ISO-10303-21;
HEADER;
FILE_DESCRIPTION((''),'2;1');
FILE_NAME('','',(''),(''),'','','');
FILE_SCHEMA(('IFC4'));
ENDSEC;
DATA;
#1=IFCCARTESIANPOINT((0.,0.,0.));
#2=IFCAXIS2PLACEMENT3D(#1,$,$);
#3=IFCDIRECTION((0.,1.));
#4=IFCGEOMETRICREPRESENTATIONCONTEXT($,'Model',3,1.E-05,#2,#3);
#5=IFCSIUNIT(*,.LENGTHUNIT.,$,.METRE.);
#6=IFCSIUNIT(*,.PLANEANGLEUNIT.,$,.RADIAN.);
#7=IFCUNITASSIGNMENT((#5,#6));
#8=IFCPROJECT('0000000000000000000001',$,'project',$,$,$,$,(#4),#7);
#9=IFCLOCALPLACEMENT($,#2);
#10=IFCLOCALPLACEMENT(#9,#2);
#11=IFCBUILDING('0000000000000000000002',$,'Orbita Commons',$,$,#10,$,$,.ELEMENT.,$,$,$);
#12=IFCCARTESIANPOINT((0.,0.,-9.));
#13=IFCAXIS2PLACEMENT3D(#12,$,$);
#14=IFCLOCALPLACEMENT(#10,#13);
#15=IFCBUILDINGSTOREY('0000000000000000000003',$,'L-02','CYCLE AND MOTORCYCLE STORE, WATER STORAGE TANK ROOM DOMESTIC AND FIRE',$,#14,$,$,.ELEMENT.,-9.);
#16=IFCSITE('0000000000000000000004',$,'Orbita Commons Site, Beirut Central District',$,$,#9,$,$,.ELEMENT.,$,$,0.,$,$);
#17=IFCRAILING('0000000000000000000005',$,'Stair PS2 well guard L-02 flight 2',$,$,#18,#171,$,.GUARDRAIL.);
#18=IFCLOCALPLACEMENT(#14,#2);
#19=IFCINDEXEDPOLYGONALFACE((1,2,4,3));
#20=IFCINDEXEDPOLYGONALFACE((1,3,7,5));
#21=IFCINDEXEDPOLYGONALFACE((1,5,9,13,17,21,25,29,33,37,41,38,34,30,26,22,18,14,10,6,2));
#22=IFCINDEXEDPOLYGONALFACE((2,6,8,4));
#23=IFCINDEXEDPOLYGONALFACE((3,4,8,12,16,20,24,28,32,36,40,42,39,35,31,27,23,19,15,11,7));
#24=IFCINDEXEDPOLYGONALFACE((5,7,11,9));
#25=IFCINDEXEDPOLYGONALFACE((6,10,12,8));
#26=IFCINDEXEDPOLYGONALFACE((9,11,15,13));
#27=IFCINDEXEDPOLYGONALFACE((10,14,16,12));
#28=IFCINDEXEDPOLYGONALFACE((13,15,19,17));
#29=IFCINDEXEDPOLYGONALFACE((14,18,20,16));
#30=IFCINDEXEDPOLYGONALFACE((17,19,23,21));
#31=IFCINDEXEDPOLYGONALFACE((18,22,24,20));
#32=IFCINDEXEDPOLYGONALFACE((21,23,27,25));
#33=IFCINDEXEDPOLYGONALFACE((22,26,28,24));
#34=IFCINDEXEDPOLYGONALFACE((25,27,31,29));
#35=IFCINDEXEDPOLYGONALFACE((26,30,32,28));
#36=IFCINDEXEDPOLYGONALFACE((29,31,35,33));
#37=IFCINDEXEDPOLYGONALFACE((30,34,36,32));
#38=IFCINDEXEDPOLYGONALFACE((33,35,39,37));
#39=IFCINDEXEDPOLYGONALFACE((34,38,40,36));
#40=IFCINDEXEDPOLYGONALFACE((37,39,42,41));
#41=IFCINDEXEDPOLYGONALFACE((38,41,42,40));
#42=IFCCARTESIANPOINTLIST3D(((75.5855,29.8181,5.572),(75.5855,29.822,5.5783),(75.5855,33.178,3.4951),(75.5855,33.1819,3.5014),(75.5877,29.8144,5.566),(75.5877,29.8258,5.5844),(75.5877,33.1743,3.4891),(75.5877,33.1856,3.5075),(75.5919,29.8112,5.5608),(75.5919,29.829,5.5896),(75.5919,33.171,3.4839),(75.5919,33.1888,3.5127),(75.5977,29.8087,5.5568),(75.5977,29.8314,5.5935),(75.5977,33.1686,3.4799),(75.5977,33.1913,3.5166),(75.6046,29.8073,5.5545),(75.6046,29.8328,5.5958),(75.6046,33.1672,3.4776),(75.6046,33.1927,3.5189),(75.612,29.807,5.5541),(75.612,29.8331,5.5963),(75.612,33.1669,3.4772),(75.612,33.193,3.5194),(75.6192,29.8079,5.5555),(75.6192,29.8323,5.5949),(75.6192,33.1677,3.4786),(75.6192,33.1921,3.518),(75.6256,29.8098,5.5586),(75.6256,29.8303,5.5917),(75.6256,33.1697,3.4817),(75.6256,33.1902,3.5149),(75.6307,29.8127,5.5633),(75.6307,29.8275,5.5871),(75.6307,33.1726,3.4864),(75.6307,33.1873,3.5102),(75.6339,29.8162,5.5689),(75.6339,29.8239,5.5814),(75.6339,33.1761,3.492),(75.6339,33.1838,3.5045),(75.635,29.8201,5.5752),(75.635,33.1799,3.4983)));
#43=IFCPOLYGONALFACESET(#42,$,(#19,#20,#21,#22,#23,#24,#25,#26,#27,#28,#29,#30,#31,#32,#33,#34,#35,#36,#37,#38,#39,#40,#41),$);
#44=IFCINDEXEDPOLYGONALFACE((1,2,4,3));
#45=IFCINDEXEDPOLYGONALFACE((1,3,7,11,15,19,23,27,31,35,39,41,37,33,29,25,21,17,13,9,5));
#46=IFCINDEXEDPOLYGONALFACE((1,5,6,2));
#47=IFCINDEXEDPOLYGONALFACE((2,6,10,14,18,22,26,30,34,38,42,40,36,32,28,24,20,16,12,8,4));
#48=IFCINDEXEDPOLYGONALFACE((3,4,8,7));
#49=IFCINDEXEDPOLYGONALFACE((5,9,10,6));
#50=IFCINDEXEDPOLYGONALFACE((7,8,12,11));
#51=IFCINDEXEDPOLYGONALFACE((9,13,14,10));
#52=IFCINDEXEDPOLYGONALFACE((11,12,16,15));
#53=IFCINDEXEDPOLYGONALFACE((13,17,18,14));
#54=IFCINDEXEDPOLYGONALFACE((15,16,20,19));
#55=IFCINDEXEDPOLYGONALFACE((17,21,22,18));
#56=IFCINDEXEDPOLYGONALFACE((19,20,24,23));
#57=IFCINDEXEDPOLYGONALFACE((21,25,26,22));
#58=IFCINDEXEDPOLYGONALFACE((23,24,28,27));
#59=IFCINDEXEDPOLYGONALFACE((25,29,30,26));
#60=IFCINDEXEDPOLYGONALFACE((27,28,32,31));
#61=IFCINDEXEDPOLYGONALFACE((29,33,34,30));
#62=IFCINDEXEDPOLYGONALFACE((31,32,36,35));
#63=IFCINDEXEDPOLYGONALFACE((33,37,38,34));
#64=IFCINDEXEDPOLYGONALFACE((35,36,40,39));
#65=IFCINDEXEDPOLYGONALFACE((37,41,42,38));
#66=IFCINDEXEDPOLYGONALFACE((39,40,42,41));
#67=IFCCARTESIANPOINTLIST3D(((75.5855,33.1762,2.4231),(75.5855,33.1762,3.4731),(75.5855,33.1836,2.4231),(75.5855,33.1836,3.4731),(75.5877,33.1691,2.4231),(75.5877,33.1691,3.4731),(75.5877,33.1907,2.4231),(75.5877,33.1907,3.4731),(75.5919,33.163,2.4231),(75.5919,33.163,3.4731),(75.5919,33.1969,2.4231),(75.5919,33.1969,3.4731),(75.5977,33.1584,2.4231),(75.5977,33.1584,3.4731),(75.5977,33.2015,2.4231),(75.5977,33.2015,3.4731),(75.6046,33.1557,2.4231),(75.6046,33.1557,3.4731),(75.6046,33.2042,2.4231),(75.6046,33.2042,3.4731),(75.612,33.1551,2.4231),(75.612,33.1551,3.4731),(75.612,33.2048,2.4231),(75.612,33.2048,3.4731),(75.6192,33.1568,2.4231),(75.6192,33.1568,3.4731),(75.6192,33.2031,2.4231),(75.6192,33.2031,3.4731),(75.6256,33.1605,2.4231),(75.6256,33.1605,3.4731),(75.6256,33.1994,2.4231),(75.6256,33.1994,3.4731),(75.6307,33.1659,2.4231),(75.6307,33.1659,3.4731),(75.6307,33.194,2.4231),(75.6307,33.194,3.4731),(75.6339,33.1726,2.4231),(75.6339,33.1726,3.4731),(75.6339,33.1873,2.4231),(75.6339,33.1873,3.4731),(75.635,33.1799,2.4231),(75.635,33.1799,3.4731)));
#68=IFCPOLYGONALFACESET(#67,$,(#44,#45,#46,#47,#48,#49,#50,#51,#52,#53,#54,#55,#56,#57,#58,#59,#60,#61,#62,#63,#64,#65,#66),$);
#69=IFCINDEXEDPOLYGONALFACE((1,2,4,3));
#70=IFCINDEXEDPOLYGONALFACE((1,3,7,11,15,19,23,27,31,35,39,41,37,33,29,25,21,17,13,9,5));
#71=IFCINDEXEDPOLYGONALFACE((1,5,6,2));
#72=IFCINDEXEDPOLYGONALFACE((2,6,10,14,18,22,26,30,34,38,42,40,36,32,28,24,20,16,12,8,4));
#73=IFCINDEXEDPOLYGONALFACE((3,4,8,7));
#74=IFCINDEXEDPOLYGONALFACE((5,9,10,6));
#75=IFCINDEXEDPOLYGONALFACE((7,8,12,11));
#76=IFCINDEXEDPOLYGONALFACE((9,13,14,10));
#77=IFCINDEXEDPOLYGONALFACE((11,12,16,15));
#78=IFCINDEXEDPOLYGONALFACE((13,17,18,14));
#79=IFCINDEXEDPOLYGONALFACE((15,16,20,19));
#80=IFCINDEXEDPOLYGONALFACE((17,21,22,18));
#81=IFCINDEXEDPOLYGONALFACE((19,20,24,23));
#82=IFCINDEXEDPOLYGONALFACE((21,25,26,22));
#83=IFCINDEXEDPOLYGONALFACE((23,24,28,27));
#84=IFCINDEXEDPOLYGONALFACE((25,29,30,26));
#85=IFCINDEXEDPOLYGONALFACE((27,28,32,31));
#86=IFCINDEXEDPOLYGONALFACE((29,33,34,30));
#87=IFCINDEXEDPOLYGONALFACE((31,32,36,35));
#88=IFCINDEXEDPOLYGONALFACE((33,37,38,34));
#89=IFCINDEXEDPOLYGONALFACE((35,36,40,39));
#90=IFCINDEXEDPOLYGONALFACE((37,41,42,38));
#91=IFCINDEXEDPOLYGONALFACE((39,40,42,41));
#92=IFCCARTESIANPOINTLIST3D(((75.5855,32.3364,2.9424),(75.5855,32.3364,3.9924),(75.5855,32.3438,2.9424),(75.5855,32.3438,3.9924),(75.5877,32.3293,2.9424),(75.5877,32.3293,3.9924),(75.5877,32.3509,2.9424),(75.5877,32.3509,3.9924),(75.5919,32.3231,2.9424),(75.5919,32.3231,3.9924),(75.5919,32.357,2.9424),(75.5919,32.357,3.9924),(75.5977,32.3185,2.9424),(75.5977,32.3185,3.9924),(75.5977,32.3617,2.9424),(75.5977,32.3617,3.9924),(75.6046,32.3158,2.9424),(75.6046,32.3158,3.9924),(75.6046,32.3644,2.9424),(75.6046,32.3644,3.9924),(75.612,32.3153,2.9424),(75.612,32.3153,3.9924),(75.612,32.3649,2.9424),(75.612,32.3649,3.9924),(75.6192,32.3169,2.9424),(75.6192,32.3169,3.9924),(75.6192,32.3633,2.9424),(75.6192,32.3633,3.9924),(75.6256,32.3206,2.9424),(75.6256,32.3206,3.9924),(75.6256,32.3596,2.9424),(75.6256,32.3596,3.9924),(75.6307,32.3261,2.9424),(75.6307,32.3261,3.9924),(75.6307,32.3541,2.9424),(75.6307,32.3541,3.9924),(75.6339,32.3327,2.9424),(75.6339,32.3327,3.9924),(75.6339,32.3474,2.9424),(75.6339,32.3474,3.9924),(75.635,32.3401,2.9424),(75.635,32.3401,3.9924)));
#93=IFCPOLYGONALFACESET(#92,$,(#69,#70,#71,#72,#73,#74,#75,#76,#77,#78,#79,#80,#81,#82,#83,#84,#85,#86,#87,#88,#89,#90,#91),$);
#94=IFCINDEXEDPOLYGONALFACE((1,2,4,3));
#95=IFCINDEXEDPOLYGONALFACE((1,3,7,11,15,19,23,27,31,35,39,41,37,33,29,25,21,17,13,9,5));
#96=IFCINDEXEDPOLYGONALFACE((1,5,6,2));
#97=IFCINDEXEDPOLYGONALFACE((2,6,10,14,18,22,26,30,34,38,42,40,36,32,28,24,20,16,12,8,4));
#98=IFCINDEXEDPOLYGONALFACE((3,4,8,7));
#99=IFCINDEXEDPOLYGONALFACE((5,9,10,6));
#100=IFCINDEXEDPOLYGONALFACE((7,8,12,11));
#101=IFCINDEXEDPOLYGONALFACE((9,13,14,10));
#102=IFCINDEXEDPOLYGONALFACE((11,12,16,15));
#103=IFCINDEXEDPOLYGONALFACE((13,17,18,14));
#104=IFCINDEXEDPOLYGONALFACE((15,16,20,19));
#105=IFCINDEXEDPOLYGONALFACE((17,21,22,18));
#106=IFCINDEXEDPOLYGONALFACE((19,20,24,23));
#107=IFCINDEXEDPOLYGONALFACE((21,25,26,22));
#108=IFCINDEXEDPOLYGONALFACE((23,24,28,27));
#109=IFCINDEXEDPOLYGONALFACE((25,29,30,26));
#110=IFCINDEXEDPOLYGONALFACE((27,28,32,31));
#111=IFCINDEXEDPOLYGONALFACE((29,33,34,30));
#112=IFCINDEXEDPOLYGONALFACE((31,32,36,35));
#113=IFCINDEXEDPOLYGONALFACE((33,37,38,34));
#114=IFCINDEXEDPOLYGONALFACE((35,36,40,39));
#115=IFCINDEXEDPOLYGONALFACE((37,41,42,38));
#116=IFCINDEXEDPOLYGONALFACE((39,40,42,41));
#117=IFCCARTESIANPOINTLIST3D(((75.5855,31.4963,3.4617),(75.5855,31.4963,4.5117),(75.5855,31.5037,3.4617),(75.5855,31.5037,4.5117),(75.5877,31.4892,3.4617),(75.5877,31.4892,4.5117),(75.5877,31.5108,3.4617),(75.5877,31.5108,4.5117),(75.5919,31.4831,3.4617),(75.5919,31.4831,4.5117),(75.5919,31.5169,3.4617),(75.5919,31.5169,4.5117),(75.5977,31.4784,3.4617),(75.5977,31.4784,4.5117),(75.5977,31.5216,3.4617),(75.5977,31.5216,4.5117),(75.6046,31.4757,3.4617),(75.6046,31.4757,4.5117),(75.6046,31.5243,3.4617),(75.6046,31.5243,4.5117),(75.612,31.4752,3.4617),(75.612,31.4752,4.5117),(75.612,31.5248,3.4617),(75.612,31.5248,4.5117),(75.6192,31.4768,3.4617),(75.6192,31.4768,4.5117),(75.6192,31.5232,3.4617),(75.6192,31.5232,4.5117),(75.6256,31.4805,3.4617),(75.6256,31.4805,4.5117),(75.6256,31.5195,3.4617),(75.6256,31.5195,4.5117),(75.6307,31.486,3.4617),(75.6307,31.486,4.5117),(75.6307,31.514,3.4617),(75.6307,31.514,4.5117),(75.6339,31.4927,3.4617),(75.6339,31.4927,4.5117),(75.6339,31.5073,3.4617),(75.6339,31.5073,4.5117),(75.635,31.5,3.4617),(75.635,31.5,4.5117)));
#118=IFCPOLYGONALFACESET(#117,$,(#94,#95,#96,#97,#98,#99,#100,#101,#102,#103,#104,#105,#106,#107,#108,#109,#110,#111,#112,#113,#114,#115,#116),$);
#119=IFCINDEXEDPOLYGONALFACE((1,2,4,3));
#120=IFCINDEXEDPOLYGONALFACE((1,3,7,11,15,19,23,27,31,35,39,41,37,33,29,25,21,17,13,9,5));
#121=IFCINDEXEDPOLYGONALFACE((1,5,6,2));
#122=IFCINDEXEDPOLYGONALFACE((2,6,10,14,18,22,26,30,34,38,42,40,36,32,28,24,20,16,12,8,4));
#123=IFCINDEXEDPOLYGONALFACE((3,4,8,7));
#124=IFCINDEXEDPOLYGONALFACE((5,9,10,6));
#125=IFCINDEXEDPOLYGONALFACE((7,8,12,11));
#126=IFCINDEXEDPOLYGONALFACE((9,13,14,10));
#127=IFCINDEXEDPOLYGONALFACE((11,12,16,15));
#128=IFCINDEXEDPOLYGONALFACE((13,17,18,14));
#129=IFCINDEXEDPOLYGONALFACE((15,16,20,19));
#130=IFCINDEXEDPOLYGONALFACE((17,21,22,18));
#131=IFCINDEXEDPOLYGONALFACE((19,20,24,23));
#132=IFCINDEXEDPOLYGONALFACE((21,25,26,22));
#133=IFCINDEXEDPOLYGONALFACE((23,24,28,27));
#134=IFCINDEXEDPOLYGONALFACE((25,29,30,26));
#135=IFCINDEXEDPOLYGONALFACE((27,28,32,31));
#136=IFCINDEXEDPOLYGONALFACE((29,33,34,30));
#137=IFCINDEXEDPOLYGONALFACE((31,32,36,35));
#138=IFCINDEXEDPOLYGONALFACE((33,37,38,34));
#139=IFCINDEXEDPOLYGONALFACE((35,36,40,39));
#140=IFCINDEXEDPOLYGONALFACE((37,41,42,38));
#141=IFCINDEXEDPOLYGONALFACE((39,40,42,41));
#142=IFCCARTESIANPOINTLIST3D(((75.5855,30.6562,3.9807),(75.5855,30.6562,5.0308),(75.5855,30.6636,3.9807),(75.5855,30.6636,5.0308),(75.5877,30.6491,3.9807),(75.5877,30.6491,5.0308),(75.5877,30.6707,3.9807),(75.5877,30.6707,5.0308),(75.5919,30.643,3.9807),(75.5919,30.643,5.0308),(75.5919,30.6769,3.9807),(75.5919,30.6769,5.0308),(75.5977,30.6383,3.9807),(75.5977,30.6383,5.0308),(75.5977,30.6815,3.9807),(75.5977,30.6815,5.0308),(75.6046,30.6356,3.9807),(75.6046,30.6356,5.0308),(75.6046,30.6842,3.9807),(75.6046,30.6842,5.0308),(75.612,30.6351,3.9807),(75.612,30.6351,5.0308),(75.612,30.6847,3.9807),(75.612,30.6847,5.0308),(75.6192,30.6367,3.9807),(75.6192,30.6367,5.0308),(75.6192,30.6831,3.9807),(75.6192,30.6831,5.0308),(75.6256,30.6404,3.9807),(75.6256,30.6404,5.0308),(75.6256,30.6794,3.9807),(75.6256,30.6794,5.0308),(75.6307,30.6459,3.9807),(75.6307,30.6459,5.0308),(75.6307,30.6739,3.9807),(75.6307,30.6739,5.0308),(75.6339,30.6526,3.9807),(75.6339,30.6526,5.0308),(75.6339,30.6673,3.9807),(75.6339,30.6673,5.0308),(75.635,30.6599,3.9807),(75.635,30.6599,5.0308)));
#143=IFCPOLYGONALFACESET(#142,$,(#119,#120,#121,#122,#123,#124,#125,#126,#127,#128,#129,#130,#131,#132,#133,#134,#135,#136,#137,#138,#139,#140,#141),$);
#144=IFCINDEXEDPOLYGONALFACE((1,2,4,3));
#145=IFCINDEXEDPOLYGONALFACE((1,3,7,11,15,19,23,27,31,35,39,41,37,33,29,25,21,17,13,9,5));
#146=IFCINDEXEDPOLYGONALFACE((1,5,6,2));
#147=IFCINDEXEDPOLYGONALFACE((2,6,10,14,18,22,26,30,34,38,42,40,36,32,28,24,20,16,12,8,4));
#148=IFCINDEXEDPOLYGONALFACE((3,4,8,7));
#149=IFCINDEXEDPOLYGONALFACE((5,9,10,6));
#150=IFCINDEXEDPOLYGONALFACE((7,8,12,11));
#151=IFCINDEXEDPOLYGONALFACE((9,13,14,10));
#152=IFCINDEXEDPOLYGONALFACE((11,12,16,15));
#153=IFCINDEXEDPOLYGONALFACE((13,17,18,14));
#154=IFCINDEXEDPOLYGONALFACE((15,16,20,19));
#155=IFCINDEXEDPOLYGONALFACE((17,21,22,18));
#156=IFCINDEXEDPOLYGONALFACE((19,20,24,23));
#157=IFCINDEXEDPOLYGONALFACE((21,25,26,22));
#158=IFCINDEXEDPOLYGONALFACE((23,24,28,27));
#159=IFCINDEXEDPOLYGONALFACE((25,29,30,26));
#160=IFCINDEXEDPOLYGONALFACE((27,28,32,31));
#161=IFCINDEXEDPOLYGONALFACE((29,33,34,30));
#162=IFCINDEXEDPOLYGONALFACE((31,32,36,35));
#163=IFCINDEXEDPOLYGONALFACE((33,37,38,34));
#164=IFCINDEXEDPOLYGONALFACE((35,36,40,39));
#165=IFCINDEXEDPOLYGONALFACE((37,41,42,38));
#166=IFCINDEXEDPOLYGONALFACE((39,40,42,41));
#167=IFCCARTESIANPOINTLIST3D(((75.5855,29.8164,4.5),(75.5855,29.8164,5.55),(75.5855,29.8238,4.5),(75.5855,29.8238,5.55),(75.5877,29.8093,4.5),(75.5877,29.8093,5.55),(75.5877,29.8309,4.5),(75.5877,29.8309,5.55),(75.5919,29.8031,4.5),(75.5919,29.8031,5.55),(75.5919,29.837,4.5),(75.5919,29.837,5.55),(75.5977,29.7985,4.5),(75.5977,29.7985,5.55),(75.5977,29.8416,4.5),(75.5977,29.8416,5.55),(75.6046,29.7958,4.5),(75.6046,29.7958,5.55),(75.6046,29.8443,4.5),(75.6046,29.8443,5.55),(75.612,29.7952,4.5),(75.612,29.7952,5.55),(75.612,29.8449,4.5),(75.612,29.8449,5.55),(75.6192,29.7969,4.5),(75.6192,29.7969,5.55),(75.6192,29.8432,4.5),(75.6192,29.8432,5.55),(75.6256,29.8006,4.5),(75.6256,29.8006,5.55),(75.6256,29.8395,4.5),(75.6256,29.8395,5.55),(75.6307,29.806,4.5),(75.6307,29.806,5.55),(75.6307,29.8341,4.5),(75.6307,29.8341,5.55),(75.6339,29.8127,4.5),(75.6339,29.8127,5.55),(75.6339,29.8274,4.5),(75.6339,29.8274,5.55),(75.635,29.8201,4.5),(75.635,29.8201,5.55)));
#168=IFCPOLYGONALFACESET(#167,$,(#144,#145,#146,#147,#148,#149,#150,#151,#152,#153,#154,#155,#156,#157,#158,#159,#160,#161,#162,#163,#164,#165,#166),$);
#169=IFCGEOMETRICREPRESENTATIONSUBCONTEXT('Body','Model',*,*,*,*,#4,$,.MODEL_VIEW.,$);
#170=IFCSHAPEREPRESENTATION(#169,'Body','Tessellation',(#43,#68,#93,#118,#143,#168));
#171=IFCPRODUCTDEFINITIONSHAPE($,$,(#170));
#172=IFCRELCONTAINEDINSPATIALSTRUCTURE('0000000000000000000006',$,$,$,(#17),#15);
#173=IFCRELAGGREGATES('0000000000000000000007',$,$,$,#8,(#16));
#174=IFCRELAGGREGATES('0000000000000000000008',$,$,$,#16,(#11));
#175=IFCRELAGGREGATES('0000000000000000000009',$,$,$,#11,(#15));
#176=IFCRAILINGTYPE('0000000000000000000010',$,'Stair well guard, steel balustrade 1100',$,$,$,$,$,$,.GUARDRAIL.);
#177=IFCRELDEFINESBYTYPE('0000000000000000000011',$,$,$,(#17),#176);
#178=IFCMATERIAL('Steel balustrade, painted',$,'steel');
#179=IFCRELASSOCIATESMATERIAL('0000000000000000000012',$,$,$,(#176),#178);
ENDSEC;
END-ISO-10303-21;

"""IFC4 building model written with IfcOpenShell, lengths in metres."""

from ifc_helpers import new_model, si_unit, direction, frame, origin, origin_2d, place, context, subcontext, project, spatial, circle, extrude, material, type_object, element, save


model = new_model("IFC4")

# Units and contexts
model_context = context("Model", 3, precision=1e-05, world=origin(), true_north=direction((0.0, 1.0)))
body_context = subcontext(model_context, "Body", "Model", "MODEL_VIEW")
ifc_project = project(units=[si_unit("LENGTHUNIT", "METRE"), si_unit("PLANEANGLEUNIT", "RADIAN")], contexts=[model_context])

# Site, building, storey
site_placement = place(None, origin())
site = spatial("IfcSite", under=ifc_project, at=site_placement, Name="Orbita Commons Site, Beirut Central District", CompositionType="ELEMENT", RefElevation=0.0)
building_placement = place(site_placement, origin())
building = spatial("IfcBuilding", under=site, at=building_placement, Name="Orbita Commons", CompositionType="ELEMENT")
storey_placement = place(building_placement, frame((0.0, 0.0, -9.0)))
storey = spatial("IfcBuildingStorey", under=building, at=storey_placement, Name="L-02", Description="CYCLE AND MOTORCYCLE STORE, WATER STORAGE TANK ROOM DOMESTIC AND FIRE", CompositionType="ELEMENT", Elevation=-9.0)

# Railing
ifc_material_1 = material(Name="Steel balustrade, painted", Category="steel")
railing_type_1 = type_object("IfcRailingType", Name="Stair well guard, steel balustrade 1100", PredefinedType="GUARDRAIL", material=ifc_material_1)
railing_1_placement = place(storey_placement, frame((75.6101, 33.1799, 2.4231)))
element("IfcRailing", 1, at=railing_1_placement, inside=storey, type_object=railing_type_1, Name="Stair PS2 well guard L-02 flight 2", PredefinedType="GUARDRAIL", context=body_context, shape_type="SweptSolid", body=[
    extrude(circle(Radius=0.0249, at=origin_2d()), frame((0.0, 0.0, 1.0752), z_axis=(0.0, -0.850606, 0.525803), x_axis=(1.0, 0.0, 0.0)), (0.0, 0.0, 1.0), 3.95),
    extrude(circle(Radius=0.0249, at=origin_2d()), origin(), (0.0, 0.0, 1.0), 1.05),
    extrude(circle(Radius=0.0249, at=origin_2d()), frame((0.0, -0.8398, 0.5193)), (0.0, 0.0, 1.0), 1.05),
    extrude(circle(Radius=0.0249, at=origin_2d()), frame((0.0, -1.6799, 1.0386)), (0.0, 0.0, 1.0), 1.05),
    extrude(circle(Radius=0.0249, at=origin_2d()), frame((0.0, -2.52, 1.5576)), (0.0, 0.0, 1.0), 1.05),
    extrude(circle(Radius=0.0249, at=origin_2d()), frame((0.0, -3.3599, 2.0769)), (0.0, 0.0, 1.0), 1.05),
])

save(model, "model.ifc")
